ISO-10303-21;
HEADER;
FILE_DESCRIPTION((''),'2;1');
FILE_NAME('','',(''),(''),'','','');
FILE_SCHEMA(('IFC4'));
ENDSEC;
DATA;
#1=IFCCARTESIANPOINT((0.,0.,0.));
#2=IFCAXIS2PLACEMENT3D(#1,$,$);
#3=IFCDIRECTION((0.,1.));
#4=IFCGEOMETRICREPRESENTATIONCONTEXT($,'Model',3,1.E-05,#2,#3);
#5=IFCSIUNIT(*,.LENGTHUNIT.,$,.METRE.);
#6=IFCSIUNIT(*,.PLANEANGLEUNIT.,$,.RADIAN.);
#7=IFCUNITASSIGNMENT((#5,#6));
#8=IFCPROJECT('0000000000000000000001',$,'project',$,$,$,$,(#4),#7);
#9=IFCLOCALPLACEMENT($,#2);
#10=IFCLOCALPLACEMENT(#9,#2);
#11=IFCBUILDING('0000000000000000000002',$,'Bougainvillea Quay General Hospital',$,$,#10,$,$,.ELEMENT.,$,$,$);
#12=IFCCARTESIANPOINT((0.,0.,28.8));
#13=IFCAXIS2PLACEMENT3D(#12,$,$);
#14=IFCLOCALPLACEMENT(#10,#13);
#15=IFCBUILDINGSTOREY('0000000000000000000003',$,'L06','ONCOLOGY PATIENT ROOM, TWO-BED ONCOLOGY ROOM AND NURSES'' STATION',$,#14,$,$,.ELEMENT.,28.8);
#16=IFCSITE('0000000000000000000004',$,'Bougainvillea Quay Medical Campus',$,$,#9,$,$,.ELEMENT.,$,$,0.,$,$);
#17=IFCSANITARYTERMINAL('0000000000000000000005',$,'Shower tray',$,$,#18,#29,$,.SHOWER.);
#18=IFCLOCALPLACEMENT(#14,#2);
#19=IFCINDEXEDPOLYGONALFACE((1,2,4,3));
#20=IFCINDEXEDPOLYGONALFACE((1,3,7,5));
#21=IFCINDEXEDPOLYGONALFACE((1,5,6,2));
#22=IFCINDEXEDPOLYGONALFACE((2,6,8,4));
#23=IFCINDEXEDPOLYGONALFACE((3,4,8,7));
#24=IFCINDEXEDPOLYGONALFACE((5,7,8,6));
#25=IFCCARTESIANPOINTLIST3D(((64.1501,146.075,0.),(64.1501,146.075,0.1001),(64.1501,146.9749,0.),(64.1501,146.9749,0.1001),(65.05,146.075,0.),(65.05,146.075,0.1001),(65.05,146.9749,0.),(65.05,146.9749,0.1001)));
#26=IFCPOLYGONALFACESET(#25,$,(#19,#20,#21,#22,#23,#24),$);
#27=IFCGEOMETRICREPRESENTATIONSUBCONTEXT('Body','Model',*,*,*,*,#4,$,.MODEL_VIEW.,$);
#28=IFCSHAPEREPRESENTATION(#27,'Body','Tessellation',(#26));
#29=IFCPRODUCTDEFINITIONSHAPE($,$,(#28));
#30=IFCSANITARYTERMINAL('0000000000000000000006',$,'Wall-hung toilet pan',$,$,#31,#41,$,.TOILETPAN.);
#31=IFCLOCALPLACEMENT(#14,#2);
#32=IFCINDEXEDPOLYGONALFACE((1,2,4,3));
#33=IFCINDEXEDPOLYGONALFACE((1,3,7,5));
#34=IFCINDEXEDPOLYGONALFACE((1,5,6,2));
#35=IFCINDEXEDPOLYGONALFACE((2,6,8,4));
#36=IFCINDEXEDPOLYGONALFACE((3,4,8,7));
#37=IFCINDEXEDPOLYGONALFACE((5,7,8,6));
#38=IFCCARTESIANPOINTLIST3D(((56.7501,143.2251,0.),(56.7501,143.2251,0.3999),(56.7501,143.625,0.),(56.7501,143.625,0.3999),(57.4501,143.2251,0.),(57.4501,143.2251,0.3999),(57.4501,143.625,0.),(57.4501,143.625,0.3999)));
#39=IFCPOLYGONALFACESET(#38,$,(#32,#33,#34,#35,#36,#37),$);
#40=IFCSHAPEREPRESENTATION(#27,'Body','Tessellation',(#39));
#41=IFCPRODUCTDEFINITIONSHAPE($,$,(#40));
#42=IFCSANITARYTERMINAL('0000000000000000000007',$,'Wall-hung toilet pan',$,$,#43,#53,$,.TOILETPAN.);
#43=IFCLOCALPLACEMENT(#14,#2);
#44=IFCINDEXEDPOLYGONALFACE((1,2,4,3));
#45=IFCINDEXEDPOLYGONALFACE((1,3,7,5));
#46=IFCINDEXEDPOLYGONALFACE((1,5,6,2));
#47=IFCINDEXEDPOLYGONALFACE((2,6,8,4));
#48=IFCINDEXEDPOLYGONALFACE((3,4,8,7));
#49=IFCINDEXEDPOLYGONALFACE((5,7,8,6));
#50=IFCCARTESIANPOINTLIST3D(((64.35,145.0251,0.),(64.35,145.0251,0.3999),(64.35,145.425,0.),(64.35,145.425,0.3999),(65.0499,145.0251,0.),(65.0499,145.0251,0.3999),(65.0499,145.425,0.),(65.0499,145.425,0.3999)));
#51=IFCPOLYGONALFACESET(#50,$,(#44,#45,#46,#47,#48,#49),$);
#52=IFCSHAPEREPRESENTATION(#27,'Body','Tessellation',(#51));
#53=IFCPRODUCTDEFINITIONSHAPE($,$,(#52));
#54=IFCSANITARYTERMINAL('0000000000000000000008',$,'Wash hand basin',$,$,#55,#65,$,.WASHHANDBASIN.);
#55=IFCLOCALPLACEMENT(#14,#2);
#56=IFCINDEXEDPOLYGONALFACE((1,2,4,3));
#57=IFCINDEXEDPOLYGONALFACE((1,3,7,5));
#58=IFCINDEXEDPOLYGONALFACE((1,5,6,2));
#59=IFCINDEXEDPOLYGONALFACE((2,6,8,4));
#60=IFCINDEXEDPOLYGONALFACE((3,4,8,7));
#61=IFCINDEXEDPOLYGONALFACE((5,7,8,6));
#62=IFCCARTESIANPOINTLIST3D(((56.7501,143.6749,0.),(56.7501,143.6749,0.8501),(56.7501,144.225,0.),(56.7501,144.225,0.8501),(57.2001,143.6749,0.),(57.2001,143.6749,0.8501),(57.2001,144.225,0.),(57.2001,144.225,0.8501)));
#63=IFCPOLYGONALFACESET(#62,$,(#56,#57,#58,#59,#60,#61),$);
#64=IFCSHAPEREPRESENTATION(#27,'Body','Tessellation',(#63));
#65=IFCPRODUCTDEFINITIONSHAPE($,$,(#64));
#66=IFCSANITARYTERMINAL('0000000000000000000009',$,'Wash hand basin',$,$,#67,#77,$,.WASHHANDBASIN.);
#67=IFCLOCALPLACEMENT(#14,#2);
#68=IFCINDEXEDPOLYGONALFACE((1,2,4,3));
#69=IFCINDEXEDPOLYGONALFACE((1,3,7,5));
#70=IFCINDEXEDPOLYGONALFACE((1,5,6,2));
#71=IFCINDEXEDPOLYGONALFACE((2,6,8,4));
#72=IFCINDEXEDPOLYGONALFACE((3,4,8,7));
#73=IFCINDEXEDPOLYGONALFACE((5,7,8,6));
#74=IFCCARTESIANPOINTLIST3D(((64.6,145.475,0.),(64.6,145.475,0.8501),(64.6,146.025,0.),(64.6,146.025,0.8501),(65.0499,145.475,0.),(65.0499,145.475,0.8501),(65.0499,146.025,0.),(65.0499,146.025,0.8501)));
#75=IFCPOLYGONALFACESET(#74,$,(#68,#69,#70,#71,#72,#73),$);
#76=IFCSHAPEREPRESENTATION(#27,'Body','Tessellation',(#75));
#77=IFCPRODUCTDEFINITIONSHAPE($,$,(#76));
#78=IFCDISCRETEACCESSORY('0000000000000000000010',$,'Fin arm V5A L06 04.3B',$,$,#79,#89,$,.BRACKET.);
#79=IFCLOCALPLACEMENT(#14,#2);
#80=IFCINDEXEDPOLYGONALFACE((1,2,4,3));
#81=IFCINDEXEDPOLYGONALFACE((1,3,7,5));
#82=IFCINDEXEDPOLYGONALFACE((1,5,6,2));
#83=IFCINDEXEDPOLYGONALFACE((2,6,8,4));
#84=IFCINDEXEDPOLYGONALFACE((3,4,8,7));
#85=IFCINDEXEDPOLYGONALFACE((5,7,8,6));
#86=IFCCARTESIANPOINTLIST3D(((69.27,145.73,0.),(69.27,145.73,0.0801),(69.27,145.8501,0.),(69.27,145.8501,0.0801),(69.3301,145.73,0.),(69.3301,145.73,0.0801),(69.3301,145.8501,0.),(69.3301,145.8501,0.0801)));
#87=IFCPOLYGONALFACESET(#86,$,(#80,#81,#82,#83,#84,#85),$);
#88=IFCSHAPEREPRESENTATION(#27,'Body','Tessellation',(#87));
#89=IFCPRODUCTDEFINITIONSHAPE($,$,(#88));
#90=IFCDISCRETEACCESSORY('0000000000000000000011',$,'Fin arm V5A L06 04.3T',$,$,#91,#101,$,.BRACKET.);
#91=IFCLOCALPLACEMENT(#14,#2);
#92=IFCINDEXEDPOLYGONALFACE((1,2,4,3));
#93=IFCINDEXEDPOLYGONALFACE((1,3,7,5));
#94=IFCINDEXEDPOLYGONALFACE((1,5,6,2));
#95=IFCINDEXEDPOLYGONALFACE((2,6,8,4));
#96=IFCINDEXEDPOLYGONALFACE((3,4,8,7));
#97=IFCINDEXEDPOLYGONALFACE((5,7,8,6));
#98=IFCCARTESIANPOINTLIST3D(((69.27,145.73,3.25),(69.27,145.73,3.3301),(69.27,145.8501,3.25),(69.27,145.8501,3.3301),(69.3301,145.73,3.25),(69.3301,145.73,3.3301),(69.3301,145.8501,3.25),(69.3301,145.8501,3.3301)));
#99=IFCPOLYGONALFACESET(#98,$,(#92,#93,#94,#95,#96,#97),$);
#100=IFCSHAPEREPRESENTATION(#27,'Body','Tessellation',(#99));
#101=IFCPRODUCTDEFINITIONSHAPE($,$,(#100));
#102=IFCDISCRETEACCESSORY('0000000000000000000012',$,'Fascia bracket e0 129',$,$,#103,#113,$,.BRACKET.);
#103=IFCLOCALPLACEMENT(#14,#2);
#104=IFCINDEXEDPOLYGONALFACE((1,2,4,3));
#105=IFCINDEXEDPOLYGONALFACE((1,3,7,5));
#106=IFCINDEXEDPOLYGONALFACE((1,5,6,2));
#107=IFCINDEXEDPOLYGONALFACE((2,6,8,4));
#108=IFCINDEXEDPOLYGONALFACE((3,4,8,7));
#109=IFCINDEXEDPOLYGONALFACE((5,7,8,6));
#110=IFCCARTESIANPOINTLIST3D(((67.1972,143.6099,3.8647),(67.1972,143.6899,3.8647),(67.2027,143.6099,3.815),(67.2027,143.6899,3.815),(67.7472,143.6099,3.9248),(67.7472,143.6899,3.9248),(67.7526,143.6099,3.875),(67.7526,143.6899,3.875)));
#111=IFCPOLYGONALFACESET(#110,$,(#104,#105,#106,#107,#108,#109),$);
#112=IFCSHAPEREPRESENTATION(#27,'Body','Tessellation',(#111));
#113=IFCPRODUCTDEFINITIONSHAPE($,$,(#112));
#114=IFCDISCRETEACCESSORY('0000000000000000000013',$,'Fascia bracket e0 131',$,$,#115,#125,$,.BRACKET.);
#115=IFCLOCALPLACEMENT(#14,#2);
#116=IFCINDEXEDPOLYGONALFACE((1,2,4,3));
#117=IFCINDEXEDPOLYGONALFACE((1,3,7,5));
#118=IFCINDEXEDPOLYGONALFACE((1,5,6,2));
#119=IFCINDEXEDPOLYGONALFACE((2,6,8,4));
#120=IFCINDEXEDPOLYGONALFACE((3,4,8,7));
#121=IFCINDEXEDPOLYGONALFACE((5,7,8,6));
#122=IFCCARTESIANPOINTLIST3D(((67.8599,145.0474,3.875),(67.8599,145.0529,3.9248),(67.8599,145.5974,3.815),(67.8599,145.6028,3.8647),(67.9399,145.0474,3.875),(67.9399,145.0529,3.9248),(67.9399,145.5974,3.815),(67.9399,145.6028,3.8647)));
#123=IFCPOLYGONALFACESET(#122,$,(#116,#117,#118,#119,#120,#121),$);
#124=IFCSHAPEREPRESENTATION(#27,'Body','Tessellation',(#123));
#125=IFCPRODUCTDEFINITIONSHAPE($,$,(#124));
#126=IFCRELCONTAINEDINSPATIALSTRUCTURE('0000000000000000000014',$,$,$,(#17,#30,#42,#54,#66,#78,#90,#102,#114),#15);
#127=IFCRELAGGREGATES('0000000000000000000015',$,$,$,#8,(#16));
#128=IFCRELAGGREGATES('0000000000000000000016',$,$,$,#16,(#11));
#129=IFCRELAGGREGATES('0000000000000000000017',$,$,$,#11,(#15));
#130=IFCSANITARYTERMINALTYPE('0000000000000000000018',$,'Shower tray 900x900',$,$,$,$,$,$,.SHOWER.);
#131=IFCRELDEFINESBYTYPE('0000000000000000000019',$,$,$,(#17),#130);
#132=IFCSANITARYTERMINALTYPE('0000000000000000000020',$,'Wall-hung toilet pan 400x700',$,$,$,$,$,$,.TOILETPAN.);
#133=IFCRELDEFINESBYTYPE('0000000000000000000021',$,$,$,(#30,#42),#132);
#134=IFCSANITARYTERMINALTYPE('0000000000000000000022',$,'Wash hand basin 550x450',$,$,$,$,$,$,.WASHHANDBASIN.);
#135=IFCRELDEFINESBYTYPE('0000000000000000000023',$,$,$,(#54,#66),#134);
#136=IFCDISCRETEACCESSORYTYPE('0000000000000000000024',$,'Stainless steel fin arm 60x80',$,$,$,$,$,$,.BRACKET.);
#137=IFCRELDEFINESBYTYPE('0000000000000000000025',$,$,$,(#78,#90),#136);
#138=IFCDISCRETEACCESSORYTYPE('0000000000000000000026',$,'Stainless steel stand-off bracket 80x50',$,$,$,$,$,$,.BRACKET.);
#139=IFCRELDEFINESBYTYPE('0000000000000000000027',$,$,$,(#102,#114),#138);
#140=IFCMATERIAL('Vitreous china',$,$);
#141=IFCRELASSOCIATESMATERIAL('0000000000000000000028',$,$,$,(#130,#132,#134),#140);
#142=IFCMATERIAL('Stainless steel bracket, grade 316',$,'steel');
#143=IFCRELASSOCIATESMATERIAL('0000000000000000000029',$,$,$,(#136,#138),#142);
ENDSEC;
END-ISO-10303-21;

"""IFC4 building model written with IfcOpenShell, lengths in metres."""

from ifc_helpers import new_model, si_unit, direction, frame, origin, origin_2d, place, context, subcontext, project, spatial, rectangle, extrude, material, material_profile, profile_set, type_object, element, save


model = new_model("IFC4")

# Units and contexts
model_context = context("Model", 3, precision=1e-05, world=origin(), true_north=direction((0.0, 1.0)))
body_context = subcontext(model_context, "Body", "Model", "MODEL_VIEW")
ifc_project = project(units=[si_unit("LENGTHUNIT", "METRE"), si_unit("PLANEANGLEUNIT", "RADIAN")], contexts=[model_context])

# Site, building, storey
site_placement = place(None, origin())
site = spatial("IfcSite", under=ifc_project, at=site_placement, Name="Bougainvillea Quay Medical Campus", CompositionType="ELEMENT", RefElevation=0.0)
building_placement = place(site_placement, origin())
building = spatial("IfcBuilding", under=site, at=building_placement, Name="Bougainvillea Quay General Hospital", CompositionType="ELEMENT")
storey_placement = place(building_placement, frame((0.0, 0.0, 28.8)))
storey = spatial("IfcBuildingStorey", under=building, at=storey_placement, Name="L06", Description="ONCOLOGY PATIENT ROOM, TWO-BED ONCOLOGY ROOM AND NURSES' STATION", CompositionType="ELEMENT", Elevation=28.8)

# Sanitary terminals
ifc_material_1 = material(Name="Vitreous china")
sanitary_terminal_type_1 = type_object("IfcSanitaryTerminalType", Name="Shower tray 900x900", PredefinedType="SHOWER", material=ifc_material_1)
for number, where, z_axis, x_axis, name in (
    (1, (64.6001, 146.5249, 0.0), (0.0, 0.0, 1.0), (0.0, -1.0, 0.0), "Shower tray"),
):
    element("IfcSanitaryTerminal", number, at=place(storey_placement, frame(where, z_axis=z_axis, x_axis=x_axis)), inside=storey, type_object=sanitary_terminal_type_1, Name=name, PredefinedType="SHOWER", context=body_context, shape_type="SweptSolid", body=[
        extrude(rectangle(XDim=0.8999, YDim=0.8999, at=origin_2d()), origin(), (0.0, 0.0, 1.0), 0.1001),
    ])
sanitary_terminal_type_2 = type_object("IfcSanitaryTerminalType", Name="Wall-hung toilet pan 400x700", PredefinedType="TOILETPAN", material=ifc_material_1)
for number, where, z_axis, x_axis, name in (
    (2, (57.1001, 143.425, 0.0), (0.0, 0.0, 1.0), (0.0, 1.0, 0.0), "Wall-hung toilet pan"),
    (3, (64.7, 145.2251, 0.0), (0.0, 0.0, 1.0), (0.0, -1.0, 0.0), "Wall-hung toilet pan"),
):
    element("IfcSanitaryTerminal", number, at=place(storey_placement, frame(where, z_axis=z_axis, x_axis=x_axis)), inside=storey, type_object=sanitary_terminal_type_2, Name=name, PredefinedType="TOILETPAN", context=body_context, shape_type="SweptSolid", body=[
        extrude(rectangle(XDim=0.3999, YDim=0.7, at=origin_2d()), origin(), (0.0, 0.0, 1.0), 0.3999),
    ])
sanitary_terminal_type_3 = type_object("IfcSanitaryTerminalType", Name="Wash hand basin 550x450", PredefinedType="WASHHANDBASIN", material=ifc_material_1)
for number, where, z_axis, x_axis, name in (
    (4, (56.9751, 143.95, 0.0), (0.0, 0.0, 1.0), (0.0, 1.0, 0.0), "Wash hand basin"),
    (5, (64.825, 145.75, 0.0), (0.0, 0.0, 1.0), (0.0, -1.0, 0.0), "Wash hand basin"),
):
    element("IfcSanitaryTerminal", number, at=place(storey_placement, frame(where, z_axis=z_axis, x_axis=x_axis)), inside=storey, type_object=sanitary_terminal_type_3, Name=name, PredefinedType="WASHHANDBASIN", context=body_context, shape_type="SweptSolid", body=[
        extrude(rectangle(XDim=0.55, YDim=0.45, at=origin_2d()), origin(), (0.0, 0.0, 1.0), 0.8501),
    ])

# Discrete accessories
ifc_material_2 = material(Name="Stainless steel bracket, grade 316", Category="steel")
discrete_accessory_type_1 = type_object("IfcDiscreteAccessoryType", Name="Stainless steel fin arm 60x80", PredefinedType="BRACKET", material=ifc_material_2)
for number, where, z_axis, x_axis, name in (
    (6, (69.3, 145.79, 0.0), (0.0, 0.0, 1.0), (0.0, -1.0, 0.0), "Fin arm V5A L06 04.3B"),
    (7, (69.3, 145.79, 3.25), (0.0, 0.0, 1.0), (0.0, -1.0, 0.0), "Fin arm V5A L06 04.3T"),
):
    element("IfcDiscreteAccessory", number, at=place(storey_placement, frame(where, z_axis=z_axis, x_axis=x_axis)), inside=storey, type_object=discrete_accessory_type_1, Name=name, PredefinedType="BRACKET", context=body_context, shape_type="SweptSolid", body=[
        extrude(rectangle(XDim=0.1201, YDim=0.0601, at=origin_2d()), origin(), (0.0, 0.0, 1.0), 0.0801),
    ])
ifc_material_profile_1 = material_profile(ifc_material_2, rectangle(XDim=0.0801, YDim=0.05, at=origin_2d()))
ifc_profile_set_1 = profile_set([ifc_material_profile_1], Name="Stainless steel bracket, grade 316")
discrete_accessory_type_2 = type_object("IfcDiscreteAccessoryType", Name="Stainless steel stand-off bracket 80x50", PredefinedType="BRACKET", material=ifc_profile_set_1)
for number, where, z_axis, x_axis, name in (
    (8, (67.2, 143.6499, 3.8398), (0.994092, 0.0, 0.108543), (0.0, 1.0, 0.0), "Fascia bracket e0 129"),
    (9, (67.8999, 145.6001, 3.8398), (0.0, -0.994092, 0.108543), (1.0, 0.0, 0.0), "Fascia bracket e0 131"),
):
    element("IfcDiscreteAccessory", number, at=place(storey_placement, frame(where, z_axis=z_axis, x_axis=x_axis)), inside=storey, type_object=discrete_accessory_type_2, Name=name, PredefinedType="BRACKET", context=body_context, shape_type="SweptSolid", body=[
        extrude(rectangle(XDim=0.0801, YDim=0.05, at=origin_2d()), origin(), (0.0, 0.0, 1.0), 0.5532),
    ])

save(model, "model.ifc")
